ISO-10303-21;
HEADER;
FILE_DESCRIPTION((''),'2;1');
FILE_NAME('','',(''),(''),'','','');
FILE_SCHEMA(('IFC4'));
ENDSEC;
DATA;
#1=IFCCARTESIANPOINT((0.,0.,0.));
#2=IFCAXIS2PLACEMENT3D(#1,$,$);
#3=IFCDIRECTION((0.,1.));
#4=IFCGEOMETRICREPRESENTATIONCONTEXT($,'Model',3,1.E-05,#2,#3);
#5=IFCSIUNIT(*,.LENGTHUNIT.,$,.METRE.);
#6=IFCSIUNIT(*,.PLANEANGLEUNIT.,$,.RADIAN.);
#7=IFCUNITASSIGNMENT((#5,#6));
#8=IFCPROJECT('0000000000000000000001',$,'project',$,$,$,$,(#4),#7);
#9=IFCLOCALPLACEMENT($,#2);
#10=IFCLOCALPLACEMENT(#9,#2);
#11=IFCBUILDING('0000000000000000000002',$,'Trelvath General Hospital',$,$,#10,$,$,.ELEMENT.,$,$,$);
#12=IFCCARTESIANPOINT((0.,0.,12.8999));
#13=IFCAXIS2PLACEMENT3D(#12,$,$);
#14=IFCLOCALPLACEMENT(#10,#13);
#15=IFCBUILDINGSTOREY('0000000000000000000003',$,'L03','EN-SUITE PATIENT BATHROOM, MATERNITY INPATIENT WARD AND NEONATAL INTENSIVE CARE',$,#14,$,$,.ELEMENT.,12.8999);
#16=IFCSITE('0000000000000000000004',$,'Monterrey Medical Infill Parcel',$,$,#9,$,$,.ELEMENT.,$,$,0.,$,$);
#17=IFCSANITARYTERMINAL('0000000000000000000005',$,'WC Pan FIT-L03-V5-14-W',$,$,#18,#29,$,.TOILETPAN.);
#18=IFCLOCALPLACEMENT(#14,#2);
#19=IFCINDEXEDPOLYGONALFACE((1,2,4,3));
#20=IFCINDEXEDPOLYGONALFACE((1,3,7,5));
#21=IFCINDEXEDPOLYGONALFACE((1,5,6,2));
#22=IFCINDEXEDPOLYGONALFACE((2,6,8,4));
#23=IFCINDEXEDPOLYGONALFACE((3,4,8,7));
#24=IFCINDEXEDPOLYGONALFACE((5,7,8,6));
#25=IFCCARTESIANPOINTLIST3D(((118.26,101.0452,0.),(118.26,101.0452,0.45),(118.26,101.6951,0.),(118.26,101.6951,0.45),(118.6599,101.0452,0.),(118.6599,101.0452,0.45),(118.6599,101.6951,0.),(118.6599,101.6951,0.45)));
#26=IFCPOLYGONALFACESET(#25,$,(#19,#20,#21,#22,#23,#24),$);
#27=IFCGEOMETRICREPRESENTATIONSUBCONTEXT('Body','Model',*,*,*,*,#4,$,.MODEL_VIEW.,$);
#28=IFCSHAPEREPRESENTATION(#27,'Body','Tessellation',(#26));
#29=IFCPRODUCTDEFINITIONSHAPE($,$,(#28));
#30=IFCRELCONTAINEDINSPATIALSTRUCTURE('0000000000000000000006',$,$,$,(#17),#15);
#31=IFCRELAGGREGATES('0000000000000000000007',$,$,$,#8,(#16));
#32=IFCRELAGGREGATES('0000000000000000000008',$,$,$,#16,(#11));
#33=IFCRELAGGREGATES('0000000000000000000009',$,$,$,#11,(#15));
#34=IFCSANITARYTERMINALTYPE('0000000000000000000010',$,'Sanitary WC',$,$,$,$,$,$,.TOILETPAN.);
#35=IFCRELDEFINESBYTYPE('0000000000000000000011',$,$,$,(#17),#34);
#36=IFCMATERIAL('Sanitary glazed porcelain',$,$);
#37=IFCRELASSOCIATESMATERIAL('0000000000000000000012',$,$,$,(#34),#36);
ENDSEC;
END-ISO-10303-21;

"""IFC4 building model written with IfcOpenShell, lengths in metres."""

from ifc_helpers import new_model, si_unit, direction, frame, origin, origin_2d, place, context, subcontext, project, spatial, rectangle, extrude, material, type_object, element, save


model = new_model("IFC4")

# Units and contexts
model_context = context("Model", 3, precision=1e-05, world=origin(), true_north=direction((0.0, 1.0)))
body_context = subcontext(model_context, "Body", "Model", "MODEL_VIEW")
ifc_project = project(units=[si_unit("LENGTHUNIT", "METRE"), si_unit("PLANEANGLEUNIT", "RADIAN")], contexts=[model_context])

# Site, building, storey
site_placement = place(None, origin())
site = spatial("IfcSite", under=ifc_project, at=site_placement, Name="Monterrey Medical Infill Parcel", CompositionType="ELEMENT", RefElevation=0.0)
building_placement = place(site_placement, origin())
building = spatial("IfcBuilding", under=site, at=building_placement, Name="Trelvath General Hospital", CompositionType="ELEMENT")
storey_placement = place(building_placement, frame((0.0, 0.0, 12.8999)))
storey = spatial("IfcBuildingStorey", under=building, at=storey_placement, Name="L03", Description="EN-SUITE PATIENT BATHROOM, MATERNITY INPATIENT WARD AND NEONATAL INTENSIVE CARE", CompositionType="ELEMENT", Elevation=12.8999)

# Sanitary terminal
ifc_material_1 = material(Name="Sanitary glazed porcelain")
sanitary_terminal_type_1 = type_object("IfcSanitaryTerminalType", Name="Sanitary WC", PredefinedType="TOILETPAN", material=ifc_material_1)
sanitary_terminal_1_placement = place(storey_placement, frame((118.46, 101.3701, 0.0), z_axis=(0.0, 0.0, 1.0), x_axis=(1.0, 0.0, 0.0)))
element("IfcSanitaryTerminal", 1, at=sanitary_terminal_1_placement, inside=storey, type_object=sanitary_terminal_type_1, Name="WC Pan FIT-L03-V5-14-W", PredefinedType="TOILETPAN", context=body_context, shape_type="SweptSolid", body=[
    extrude(rectangle(XDim=0.3999, YDim=0.6499, at=origin_2d()), origin(), (0.0, 0.0, 1.0), 0.45),
])

save(model, "model.ifc")
